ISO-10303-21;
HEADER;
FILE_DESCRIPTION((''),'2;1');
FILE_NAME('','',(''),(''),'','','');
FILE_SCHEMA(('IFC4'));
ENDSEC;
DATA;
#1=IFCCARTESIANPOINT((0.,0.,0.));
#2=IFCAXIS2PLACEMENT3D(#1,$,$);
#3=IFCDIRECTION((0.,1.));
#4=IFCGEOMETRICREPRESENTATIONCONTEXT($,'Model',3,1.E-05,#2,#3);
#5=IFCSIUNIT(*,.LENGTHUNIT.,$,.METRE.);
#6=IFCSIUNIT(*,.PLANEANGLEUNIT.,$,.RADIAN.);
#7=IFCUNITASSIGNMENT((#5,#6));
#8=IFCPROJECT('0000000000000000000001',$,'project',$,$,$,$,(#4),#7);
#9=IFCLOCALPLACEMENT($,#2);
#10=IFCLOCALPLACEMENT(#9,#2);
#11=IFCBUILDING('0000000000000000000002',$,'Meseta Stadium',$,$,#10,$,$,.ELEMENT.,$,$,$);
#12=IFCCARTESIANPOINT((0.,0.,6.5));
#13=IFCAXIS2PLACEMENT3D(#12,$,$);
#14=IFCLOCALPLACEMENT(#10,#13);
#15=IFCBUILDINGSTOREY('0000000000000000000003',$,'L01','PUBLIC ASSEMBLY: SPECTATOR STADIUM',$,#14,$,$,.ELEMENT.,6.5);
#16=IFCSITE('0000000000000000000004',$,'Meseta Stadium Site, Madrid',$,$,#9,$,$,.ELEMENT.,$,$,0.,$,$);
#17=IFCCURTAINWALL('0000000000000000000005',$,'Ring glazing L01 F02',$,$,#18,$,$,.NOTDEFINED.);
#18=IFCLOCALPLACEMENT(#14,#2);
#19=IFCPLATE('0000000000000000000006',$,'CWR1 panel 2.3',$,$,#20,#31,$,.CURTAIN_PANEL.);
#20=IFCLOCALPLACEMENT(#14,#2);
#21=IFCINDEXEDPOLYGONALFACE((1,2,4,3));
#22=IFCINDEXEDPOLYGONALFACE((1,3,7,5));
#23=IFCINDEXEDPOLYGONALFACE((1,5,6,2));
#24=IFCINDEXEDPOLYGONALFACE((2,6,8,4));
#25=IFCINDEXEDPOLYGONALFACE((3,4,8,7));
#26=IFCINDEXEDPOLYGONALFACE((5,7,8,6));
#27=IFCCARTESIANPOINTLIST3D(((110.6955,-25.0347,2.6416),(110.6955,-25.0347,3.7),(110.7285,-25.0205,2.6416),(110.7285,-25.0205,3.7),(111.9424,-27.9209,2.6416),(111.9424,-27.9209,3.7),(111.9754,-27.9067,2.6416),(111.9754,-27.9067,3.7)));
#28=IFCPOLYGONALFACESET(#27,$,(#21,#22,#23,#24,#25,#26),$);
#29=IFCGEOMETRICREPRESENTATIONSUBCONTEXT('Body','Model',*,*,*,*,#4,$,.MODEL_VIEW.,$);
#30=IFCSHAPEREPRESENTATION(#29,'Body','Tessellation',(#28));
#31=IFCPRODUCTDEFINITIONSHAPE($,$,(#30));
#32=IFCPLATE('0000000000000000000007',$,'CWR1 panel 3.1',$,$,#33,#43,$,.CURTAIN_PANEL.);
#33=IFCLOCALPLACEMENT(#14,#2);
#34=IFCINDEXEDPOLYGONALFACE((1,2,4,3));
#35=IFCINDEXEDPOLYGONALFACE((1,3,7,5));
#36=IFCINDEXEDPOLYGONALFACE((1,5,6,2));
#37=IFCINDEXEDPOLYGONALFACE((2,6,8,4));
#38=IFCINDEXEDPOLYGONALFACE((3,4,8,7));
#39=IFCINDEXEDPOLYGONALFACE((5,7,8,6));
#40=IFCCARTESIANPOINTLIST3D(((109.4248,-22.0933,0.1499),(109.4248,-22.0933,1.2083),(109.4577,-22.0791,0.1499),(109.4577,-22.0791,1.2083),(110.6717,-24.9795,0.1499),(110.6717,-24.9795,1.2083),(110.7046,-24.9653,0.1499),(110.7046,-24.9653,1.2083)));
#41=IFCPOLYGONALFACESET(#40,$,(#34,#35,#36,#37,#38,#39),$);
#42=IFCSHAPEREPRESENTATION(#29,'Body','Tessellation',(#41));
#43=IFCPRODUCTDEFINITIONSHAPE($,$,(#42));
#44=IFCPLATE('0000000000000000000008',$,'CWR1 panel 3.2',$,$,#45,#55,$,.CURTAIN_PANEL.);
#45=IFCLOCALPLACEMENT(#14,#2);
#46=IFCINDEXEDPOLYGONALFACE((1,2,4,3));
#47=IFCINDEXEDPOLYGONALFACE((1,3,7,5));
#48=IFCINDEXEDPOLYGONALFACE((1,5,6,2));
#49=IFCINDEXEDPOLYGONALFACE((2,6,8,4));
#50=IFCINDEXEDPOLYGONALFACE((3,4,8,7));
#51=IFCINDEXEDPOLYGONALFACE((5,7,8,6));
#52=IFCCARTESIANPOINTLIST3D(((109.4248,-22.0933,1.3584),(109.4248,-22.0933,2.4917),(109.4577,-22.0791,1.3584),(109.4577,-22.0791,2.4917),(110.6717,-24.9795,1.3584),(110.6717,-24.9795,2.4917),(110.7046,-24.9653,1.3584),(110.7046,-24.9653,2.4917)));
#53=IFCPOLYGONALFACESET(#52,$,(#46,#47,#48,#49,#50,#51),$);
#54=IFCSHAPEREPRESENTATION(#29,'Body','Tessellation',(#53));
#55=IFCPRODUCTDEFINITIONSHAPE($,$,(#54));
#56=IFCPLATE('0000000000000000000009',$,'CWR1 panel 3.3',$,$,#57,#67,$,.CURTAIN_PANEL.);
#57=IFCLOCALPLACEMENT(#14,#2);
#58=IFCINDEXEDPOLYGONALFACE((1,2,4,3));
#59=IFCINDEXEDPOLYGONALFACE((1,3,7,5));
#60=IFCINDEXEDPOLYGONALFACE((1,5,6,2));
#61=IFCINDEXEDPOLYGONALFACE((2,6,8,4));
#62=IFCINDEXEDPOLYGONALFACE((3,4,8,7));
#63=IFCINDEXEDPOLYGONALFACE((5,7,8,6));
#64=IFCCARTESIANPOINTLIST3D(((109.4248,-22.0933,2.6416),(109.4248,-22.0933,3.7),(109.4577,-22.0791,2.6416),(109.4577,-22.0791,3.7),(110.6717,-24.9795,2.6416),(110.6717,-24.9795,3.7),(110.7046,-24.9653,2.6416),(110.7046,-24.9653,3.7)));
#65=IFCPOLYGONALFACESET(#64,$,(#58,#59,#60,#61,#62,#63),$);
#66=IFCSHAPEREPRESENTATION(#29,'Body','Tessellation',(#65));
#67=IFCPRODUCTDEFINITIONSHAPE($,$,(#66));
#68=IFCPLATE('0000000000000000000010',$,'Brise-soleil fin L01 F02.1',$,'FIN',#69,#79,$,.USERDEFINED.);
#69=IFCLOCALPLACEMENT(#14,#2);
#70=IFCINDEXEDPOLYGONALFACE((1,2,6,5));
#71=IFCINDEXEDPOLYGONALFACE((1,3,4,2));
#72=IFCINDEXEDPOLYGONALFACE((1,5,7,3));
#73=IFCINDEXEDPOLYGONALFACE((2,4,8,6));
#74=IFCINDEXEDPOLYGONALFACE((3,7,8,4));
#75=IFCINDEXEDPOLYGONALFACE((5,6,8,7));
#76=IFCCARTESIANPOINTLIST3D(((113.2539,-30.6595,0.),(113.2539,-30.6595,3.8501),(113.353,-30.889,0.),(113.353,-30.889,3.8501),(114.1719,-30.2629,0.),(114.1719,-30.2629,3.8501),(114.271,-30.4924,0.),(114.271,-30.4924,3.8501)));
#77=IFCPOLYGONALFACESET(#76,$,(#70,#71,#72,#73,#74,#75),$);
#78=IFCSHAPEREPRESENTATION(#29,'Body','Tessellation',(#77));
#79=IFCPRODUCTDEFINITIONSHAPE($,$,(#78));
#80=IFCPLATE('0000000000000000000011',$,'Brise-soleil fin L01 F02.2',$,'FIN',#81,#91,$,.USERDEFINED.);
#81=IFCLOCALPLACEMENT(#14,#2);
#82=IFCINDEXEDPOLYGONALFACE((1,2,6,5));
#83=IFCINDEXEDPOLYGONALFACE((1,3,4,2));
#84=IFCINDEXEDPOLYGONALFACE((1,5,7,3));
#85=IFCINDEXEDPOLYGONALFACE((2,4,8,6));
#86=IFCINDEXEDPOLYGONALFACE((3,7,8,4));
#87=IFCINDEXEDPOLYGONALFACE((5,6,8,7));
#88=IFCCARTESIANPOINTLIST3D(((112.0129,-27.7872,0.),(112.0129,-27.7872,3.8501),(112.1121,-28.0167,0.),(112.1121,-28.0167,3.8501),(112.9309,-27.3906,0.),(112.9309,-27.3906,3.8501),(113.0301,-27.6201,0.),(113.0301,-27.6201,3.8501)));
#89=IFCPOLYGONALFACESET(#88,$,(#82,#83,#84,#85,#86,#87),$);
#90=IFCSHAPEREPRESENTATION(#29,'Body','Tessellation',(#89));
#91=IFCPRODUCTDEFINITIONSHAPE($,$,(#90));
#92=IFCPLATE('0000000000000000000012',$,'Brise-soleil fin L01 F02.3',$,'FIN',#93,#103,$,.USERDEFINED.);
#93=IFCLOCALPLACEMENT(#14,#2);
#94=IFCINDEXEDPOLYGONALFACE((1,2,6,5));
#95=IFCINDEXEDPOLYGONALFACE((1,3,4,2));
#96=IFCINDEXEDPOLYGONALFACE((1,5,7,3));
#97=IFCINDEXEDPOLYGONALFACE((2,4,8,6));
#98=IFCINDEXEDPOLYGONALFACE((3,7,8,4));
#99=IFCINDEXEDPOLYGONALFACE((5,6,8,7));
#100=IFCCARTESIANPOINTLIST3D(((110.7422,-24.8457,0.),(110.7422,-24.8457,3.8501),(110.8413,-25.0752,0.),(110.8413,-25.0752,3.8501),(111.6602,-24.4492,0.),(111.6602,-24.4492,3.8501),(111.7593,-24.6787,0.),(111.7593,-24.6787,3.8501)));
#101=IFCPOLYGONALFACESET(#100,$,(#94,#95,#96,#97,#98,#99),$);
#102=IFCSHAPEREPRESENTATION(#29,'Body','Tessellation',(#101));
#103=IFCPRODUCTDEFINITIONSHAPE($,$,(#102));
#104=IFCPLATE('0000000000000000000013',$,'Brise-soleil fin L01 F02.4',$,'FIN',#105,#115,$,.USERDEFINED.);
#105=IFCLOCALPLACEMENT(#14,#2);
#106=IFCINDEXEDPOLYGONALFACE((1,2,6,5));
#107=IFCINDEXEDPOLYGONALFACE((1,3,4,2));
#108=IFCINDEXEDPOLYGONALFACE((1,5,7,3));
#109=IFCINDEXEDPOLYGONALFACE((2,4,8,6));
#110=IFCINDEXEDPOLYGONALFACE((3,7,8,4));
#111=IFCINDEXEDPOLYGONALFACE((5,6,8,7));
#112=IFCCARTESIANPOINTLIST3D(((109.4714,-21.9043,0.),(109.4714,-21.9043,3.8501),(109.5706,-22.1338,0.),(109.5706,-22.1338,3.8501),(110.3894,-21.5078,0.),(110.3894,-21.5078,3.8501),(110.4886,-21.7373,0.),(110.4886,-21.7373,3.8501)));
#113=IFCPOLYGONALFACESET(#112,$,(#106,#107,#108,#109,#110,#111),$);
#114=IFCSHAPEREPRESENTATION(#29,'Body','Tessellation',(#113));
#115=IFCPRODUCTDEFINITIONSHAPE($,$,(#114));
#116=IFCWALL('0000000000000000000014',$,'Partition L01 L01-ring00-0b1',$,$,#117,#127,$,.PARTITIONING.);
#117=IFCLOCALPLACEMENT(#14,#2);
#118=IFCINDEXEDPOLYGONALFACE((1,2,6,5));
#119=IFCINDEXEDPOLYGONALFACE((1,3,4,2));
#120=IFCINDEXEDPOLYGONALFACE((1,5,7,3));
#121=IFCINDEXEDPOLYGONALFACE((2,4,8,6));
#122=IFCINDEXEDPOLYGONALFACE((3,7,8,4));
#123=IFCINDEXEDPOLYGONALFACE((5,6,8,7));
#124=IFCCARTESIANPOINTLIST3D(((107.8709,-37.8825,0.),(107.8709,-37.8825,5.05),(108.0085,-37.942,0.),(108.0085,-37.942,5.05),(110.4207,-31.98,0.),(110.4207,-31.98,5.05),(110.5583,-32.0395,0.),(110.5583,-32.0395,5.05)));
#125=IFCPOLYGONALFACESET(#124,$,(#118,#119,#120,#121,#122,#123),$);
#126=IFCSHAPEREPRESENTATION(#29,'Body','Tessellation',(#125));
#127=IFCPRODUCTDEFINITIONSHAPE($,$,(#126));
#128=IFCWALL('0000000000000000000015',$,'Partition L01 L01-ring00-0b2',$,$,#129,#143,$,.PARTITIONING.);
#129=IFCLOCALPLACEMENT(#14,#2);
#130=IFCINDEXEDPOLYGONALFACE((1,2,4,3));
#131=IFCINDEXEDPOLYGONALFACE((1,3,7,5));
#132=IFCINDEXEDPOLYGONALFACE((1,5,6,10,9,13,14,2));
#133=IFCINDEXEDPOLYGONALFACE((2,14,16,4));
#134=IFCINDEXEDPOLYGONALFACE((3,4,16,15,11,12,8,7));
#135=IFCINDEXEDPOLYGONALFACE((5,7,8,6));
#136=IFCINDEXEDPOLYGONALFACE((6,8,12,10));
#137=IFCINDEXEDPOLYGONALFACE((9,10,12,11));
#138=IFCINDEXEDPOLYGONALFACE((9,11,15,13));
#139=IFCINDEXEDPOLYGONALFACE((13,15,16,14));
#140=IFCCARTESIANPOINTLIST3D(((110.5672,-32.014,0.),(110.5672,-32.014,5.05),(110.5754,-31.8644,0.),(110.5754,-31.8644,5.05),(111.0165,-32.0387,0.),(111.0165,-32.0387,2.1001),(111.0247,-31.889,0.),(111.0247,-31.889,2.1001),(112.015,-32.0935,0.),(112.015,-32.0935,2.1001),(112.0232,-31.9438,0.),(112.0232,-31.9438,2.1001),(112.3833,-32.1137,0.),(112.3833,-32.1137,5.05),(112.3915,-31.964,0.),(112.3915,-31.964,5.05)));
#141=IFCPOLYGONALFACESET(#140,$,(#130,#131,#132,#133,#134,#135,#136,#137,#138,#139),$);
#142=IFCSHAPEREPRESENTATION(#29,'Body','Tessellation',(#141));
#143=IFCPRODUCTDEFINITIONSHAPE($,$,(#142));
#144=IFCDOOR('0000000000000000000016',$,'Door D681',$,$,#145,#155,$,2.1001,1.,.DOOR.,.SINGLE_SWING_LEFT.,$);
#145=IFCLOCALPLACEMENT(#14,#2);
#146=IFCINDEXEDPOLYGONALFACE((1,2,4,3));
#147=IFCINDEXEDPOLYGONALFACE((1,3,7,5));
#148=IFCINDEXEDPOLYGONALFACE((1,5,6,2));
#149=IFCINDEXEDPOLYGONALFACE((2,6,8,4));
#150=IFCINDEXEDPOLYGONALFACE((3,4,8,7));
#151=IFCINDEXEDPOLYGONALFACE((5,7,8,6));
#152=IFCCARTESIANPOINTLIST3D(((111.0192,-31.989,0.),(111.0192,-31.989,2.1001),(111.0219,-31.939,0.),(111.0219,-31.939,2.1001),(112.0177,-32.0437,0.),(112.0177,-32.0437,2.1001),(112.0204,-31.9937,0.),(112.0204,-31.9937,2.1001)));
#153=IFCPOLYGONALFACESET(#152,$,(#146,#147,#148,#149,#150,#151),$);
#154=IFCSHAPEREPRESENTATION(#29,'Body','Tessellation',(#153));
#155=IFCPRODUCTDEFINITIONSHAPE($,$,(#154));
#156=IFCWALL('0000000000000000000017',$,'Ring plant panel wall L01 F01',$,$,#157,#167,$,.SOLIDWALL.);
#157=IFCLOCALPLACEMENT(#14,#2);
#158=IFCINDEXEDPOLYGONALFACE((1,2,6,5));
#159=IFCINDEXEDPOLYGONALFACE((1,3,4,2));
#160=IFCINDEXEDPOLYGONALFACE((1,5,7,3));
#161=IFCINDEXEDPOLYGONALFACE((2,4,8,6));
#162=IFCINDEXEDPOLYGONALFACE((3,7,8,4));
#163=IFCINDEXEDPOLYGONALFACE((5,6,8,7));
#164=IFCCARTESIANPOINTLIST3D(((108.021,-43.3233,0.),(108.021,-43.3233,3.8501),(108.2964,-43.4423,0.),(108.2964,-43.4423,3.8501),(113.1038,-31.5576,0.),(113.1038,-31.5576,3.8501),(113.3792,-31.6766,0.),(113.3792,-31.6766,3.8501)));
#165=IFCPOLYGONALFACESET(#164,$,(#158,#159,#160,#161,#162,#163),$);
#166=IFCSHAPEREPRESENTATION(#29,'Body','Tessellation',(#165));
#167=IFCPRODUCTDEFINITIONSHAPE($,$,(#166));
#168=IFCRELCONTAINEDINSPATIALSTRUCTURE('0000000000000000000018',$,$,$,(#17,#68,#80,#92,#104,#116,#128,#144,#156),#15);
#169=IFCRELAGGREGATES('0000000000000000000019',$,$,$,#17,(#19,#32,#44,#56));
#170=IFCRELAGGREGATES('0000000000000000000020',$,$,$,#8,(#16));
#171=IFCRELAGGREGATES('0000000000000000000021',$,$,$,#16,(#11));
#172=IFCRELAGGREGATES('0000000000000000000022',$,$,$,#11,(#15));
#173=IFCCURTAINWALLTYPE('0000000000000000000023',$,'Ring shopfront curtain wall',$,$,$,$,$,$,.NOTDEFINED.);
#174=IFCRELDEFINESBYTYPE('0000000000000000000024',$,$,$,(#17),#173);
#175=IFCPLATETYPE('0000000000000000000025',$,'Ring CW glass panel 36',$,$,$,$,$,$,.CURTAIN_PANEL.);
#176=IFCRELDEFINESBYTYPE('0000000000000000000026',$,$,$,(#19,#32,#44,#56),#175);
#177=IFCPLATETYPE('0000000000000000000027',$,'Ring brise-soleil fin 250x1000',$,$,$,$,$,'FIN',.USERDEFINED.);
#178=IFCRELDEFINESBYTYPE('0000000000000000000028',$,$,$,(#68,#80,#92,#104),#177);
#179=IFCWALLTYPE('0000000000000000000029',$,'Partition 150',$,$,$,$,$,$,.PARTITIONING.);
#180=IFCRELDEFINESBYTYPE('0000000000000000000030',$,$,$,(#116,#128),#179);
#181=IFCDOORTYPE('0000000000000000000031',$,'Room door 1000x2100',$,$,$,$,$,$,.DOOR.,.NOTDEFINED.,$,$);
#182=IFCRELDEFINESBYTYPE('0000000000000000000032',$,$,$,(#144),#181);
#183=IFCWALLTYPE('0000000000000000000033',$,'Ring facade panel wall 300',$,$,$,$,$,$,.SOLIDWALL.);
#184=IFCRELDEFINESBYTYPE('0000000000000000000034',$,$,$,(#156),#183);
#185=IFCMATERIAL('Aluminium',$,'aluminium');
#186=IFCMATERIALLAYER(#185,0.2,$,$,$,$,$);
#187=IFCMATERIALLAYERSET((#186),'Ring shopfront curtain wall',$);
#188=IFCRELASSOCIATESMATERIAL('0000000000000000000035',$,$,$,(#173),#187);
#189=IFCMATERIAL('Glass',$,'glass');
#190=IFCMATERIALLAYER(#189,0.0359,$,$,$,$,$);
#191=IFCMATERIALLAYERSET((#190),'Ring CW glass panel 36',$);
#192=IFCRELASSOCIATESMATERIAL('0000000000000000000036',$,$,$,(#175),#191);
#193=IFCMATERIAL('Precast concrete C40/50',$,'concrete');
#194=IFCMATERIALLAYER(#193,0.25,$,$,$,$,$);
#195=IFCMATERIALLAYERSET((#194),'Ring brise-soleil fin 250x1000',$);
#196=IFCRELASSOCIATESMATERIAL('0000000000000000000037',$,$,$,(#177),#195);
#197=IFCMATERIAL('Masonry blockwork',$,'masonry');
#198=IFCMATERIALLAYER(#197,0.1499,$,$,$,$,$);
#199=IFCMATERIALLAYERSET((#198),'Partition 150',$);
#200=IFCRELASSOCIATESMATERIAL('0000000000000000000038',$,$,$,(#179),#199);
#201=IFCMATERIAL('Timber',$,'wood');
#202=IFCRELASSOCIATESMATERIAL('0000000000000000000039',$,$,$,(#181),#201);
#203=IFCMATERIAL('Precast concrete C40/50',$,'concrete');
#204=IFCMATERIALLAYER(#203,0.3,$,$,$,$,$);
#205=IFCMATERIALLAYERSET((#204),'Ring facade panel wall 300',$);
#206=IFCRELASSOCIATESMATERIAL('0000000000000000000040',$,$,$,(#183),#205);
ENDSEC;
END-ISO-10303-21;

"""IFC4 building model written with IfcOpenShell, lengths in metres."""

from ifc_helpers import new_model, si_unit, direction, frame, frame_2d, origin, origin_2d, place, context, subcontext, project, spatial, rectangle, extrude, material, layer, layer_set, type_object, element, fill, aggregate, save


model = new_model("IFC4")

# Units and contexts
model_context = context("Model", 3, precision=1e-05, world=origin(), true_north=direction((0.0, 1.0)))
body_context = subcontext(model_context, "Body", "Model", "MODEL_VIEW")
ifc_project = project(units=[si_unit("LENGTHUNIT", "METRE"), si_unit("PLANEANGLEUNIT", "RADIAN")], contexts=[model_context])

# Site, building, storey
site_placement = place(None, origin())
site = spatial("IfcSite", under=ifc_project, at=site_placement, Name="Meseta Stadium Site, Madrid", CompositionType="ELEMENT", RefElevation=0.0)
building_placement = place(site_placement, origin())
building = spatial("IfcBuilding", under=site, at=building_placement, Name="Meseta Stadium", CompositionType="ELEMENT")
storey_placement = place(building_placement, frame((0.0, 0.0, 6.5)))
storey = spatial("IfcBuildingStorey", under=building, at=storey_placement, Name="L01", Description="PUBLIC ASSEMBLY: SPECTATOR STADIUM", CompositionType="ELEMENT", Elevation=6.5)

# Curtain wall, plates
ifc_material_1 = material(Name="Aluminium", Category="aluminium")
ifc_layer_1 = layer(ifc_material_1, 0.2)
ifc_layer_set_1 = layer_set([ifc_layer_1], Name="Ring shopfront curtain wall")
curtain_wall_type = type_object("IfcCurtainWallType", Name="Ring shopfront curtain wall", PredefinedType="NOTDEFINED", material=ifc_layer_set_1)
curtain_wall_placement = place(storey_placement, origin())
curtain_wall = element("IfcCurtainWall", 1, at=curtain_wall_placement, inside=storey, type_object=curtain_wall_type, Name="Ring glazing L01 F02", PredefinedType="NOTDEFINED")
ifc_material_2 = material(Name="Glass", Category="glass")
ifc_layer_2 = layer(ifc_material_2, 0.0359)
ifc_layer_set_2 = layer_set([ifc_layer_2], Name="Ring CW glass panel 36")
plate_type_1 = type_object("IfcPlateType", Name="Ring CW glass panel 36", PredefinedType="CURTAIN_PANEL", material=ifc_layer_set_2)
plate_1_placement = place(storey_placement, frame((111.3354, -26.4707, 2.6416), z_axis=(0.0, 0.0, 1.0), x_axis=(-0.396581, 0.918, 0.0)))
plate_1 = element("IfcPlate", 2, at=plate_1_placement, type_object=plate_type_1, Name="CWR1 panel 2.3", PredefinedType="CURTAIN_PANEL", context=body_context, shape_type="SweptSolid", body=[
    extrude(rectangle(XDim=3.144, YDim=0.0359, at=origin_2d()), origin(), (0.0, 0.0, 1.0), 1.0583),
])
plate_2_placement = place(storey_placement, frame((110.0647, -23.5293, 0.1499), z_axis=(0.0, 0.0, 1.0), x_axis=(-0.396581, 0.918, 0.0)))
plate_2 = element("IfcPlate", 3, at=plate_2_placement, type_object=plate_type_1, Name="CWR1 panel 3.1", PredefinedType="CURTAIN_PANEL", context=body_context, shape_type="SweptSolid", body=[
    extrude(rectangle(XDim=3.144, YDim=0.0359, at=origin_2d()), origin(), (0.0, 0.0, 1.0), 1.0583),
])
plate_3_placement = place(storey_placement, frame((110.0647, -23.5293, 1.3584), z_axis=(0.0, 0.0, 1.0), x_axis=(-0.396581, 0.918, 0.0)))
plate_3 = element("IfcPlate", 4, at=plate_3_placement, type_object=plate_type_1, Name="CWR1 panel 3.2", PredefinedType="CURTAIN_PANEL", context=body_context, shape_type="SweptSolid", body=[
    extrude(rectangle(XDim=3.144, YDim=0.0359, at=origin_2d()), origin(), (0.0, 0.0, 1.0), 1.1333),
])
plate_4_placement = place(storey_placement, frame((110.0647, -23.5293, 2.6416), z_axis=(0.0, 0.0, 1.0), x_axis=(-0.396581, 0.918, 0.0)))
plate_4 = element("IfcPlate", 5, at=plate_4_placement, type_object=plate_type_1, Name="CWR1 panel 3.3", PredefinedType="CURTAIN_PANEL", context=body_context, shape_type="SweptSolid", body=[
    extrude(rectangle(XDim=3.144, YDim=0.0359, at=origin_2d()), origin(), (0.0, 0.0, 1.0), 1.0583),
])
aggregate(curtain_wall, [plate_1, plate_2, plate_3, plate_4])

# Plates
ifc_material_3 = material(Name="Precast concrete C40/50", Category="concrete")
ifc_layer_3 = layer(ifc_material_3, 0.25)
ifc_layer_set_3 = layer_set([ifc_layer_3], Name="Ring brise-soleil fin 250x1000")
plate_type_2 = type_object("IfcPlateType", Name="Ring brise-soleil fin 250x1000", ElementType="FIN", PredefinedType="USERDEFINED", material=ifc_layer_set_3)
for number, where, z_axis, x_axis, name in (
    (6, (113.7625, -30.5759, 0.0), (0.0, 0.0, 1.0), (-0.396576, 0.918002, 0.0), "Brise-soleil fin L01 F02.1"),
    (7, (112.5215, -27.7036, 0.0), (0.0, 0.0, 1.0), (-0.396576, 0.918002, 0.0), "Brise-soleil fin L01 F02.2"),
    (8, (111.2507, -24.7622, 0.0), (0.0, 0.0, 1.0), (-0.396576, 0.918002, 0.0), "Brise-soleil fin L01 F02.3"),
    (9, (109.98, -21.8208, 0.0), (0.0, 0.0, 1.0), (-0.396576, 0.918002, 0.0), "Brise-soleil fin L01 F02.4"),
):
    element("IfcPlate", number, at=place(storey_placement, frame(where, z_axis=z_axis, x_axis=x_axis)), inside=storey, type_object=plate_type_2, Name=name, ObjectType="FIN", PredefinedType="USERDEFINED", context=body_context, shape_type="SweptSolid", body=[
        extrude(rectangle(XDim=0.25, YDim=1.0, at=origin_2d()), origin(), (0.0, 0.0, 1.0), 3.8501),
    ])

# Wall
ifc_material_4 = material(Name="Masonry blockwork", Category="masonry")
ifc_layer_4 = layer(ifc_material_4, 0.1499)
ifc_layer_set_4 = layer_set([ifc_layer_4], Name="Partition 150")
wall_type_1 = type_object("IfcWallType", Name="Partition 150", PredefinedType="PARTITIONING", material=ifc_layer_set_4)
wall_1_placement = place(storey_placement, frame((110.4895, -32.0098, 0.0), z_axis=(0.0, 0.0, 1.0), x_axis=(-0.396562, -0.918008, 0.0)))
element("IfcWall", 10, at=wall_1_placement, inside=storey, type_object=wall_type_1, Name="Partition L01 L01-ring00-0b1", PredefinedType="PARTITIONING", context=body_context, shape_type="SweptSolid", body=[
    extrude(rectangle(XDim=6.4297, YDim=0.1499, at=frame_2d((3.2148, 0.0))), origin(), (0.0, 0.0, 1.0), 5.05),
])

# Wall, opening, door
wall_2_placement = place(storey_placement, frame((110.5713, -31.9392, 0.0), z_axis=(0.0, 0.0, 1.0), x_axis=(0.998499, -0.054764, 0.0)))
wall_2 = element("IfcWall", 11, at=wall_2_placement, inside=storey, type_object=wall_type_1, Name="Partition L01 L01-ring00-0b2", PredefinedType="PARTITIONING", context=body_context, shape_type="SweptSolid", body=[
    extrude(rectangle(XDim=1.8188, YDim=0.1499, at=frame_2d((0.9094, 0.0))), origin(), (0.0, 0.0, 1.0), 5.05),
])
opening_placement = place(wall_2_placement, frame((0.45, 0.0, 0.0)))
opening = element("IfcOpeningElement", 12, at=opening_placement, cuts=wall_2, PredefinedType="OPENING", context=body_context, shape_type="SweptSolid", body=[
    extrude(rectangle(XDim=1.0, YDim=2.1001, at=frame_2d((0.5, 1.05))), frame((0.0, 0.085, 0.0), z_axis=(0.0, -1.0, 0.0), x_axis=(1.0, 0.0, 0.0)), (0.0, 0.0, 1.0), 0.1699),
])
ifc_material_5 = material(Name="Timber", Category="wood")
door_type = type_object("IfcDoorType", Name="Room door 1000x2100", OperationType="NOTDEFINED", PredefinedType="DOOR", material=ifc_material_5)
door_placement = place(opening_placement, origin())
door = element("IfcDoor", 13, at=door_placement, inside=storey, type_object=door_type, Name="Door D681", OperationType="SINGLE_SWING_LEFT", OverallHeight=2.1001, OverallWidth=1.0, PredefinedType="DOOR", context=body_context, shape_type="SweptSolid", body=[
    extrude(rectangle(XDim=1.0, YDim=2.1001, at=frame_2d((0.5, 1.05))), frame((0.0, 0.0249, 0.0), z_axis=(0.0, -1.0, 0.0), x_axis=(1.0, 0.0, 0.0)), (0.0, 0.0, 1.0), 0.05),
])
fill(opening, door)

# Wall
ifc_material_6 = material(Name="Precast concrete C40/50", Category="concrete")
ifc_layer_5 = layer(ifc_material_6, 0.3)
ifc_layer_set_5 = layer_set([ifc_layer_5], Name="Ring facade panel wall 300")
wall_type_2 = type_object("IfcWallType", Name="Ring facade panel wall 300", PredefinedType="SOLIDWALL", material=ifc_layer_set_5)
wall_3_placement = place(storey_placement, frame((113.2415, -31.6172, 0.0), z_axis=(0.0, 0.0, 1.0), x_axis=(-0.396578, -0.918001, 0.0)))
element("IfcWall", 14, at=wall_3_placement, inside=storey, type_object=wall_type_2, Name="Ring plant panel wall L01 F01", PredefinedType="SOLIDWALL", context=body_context, shape_type="SweptSolid", body=[
    extrude(rectangle(XDim=12.8167, YDim=0.3, at=frame_2d((6.4082, 0.0))), origin(), (0.0, 0.0, 1.0), 3.8501),
])

save(model, "model.ifc")
